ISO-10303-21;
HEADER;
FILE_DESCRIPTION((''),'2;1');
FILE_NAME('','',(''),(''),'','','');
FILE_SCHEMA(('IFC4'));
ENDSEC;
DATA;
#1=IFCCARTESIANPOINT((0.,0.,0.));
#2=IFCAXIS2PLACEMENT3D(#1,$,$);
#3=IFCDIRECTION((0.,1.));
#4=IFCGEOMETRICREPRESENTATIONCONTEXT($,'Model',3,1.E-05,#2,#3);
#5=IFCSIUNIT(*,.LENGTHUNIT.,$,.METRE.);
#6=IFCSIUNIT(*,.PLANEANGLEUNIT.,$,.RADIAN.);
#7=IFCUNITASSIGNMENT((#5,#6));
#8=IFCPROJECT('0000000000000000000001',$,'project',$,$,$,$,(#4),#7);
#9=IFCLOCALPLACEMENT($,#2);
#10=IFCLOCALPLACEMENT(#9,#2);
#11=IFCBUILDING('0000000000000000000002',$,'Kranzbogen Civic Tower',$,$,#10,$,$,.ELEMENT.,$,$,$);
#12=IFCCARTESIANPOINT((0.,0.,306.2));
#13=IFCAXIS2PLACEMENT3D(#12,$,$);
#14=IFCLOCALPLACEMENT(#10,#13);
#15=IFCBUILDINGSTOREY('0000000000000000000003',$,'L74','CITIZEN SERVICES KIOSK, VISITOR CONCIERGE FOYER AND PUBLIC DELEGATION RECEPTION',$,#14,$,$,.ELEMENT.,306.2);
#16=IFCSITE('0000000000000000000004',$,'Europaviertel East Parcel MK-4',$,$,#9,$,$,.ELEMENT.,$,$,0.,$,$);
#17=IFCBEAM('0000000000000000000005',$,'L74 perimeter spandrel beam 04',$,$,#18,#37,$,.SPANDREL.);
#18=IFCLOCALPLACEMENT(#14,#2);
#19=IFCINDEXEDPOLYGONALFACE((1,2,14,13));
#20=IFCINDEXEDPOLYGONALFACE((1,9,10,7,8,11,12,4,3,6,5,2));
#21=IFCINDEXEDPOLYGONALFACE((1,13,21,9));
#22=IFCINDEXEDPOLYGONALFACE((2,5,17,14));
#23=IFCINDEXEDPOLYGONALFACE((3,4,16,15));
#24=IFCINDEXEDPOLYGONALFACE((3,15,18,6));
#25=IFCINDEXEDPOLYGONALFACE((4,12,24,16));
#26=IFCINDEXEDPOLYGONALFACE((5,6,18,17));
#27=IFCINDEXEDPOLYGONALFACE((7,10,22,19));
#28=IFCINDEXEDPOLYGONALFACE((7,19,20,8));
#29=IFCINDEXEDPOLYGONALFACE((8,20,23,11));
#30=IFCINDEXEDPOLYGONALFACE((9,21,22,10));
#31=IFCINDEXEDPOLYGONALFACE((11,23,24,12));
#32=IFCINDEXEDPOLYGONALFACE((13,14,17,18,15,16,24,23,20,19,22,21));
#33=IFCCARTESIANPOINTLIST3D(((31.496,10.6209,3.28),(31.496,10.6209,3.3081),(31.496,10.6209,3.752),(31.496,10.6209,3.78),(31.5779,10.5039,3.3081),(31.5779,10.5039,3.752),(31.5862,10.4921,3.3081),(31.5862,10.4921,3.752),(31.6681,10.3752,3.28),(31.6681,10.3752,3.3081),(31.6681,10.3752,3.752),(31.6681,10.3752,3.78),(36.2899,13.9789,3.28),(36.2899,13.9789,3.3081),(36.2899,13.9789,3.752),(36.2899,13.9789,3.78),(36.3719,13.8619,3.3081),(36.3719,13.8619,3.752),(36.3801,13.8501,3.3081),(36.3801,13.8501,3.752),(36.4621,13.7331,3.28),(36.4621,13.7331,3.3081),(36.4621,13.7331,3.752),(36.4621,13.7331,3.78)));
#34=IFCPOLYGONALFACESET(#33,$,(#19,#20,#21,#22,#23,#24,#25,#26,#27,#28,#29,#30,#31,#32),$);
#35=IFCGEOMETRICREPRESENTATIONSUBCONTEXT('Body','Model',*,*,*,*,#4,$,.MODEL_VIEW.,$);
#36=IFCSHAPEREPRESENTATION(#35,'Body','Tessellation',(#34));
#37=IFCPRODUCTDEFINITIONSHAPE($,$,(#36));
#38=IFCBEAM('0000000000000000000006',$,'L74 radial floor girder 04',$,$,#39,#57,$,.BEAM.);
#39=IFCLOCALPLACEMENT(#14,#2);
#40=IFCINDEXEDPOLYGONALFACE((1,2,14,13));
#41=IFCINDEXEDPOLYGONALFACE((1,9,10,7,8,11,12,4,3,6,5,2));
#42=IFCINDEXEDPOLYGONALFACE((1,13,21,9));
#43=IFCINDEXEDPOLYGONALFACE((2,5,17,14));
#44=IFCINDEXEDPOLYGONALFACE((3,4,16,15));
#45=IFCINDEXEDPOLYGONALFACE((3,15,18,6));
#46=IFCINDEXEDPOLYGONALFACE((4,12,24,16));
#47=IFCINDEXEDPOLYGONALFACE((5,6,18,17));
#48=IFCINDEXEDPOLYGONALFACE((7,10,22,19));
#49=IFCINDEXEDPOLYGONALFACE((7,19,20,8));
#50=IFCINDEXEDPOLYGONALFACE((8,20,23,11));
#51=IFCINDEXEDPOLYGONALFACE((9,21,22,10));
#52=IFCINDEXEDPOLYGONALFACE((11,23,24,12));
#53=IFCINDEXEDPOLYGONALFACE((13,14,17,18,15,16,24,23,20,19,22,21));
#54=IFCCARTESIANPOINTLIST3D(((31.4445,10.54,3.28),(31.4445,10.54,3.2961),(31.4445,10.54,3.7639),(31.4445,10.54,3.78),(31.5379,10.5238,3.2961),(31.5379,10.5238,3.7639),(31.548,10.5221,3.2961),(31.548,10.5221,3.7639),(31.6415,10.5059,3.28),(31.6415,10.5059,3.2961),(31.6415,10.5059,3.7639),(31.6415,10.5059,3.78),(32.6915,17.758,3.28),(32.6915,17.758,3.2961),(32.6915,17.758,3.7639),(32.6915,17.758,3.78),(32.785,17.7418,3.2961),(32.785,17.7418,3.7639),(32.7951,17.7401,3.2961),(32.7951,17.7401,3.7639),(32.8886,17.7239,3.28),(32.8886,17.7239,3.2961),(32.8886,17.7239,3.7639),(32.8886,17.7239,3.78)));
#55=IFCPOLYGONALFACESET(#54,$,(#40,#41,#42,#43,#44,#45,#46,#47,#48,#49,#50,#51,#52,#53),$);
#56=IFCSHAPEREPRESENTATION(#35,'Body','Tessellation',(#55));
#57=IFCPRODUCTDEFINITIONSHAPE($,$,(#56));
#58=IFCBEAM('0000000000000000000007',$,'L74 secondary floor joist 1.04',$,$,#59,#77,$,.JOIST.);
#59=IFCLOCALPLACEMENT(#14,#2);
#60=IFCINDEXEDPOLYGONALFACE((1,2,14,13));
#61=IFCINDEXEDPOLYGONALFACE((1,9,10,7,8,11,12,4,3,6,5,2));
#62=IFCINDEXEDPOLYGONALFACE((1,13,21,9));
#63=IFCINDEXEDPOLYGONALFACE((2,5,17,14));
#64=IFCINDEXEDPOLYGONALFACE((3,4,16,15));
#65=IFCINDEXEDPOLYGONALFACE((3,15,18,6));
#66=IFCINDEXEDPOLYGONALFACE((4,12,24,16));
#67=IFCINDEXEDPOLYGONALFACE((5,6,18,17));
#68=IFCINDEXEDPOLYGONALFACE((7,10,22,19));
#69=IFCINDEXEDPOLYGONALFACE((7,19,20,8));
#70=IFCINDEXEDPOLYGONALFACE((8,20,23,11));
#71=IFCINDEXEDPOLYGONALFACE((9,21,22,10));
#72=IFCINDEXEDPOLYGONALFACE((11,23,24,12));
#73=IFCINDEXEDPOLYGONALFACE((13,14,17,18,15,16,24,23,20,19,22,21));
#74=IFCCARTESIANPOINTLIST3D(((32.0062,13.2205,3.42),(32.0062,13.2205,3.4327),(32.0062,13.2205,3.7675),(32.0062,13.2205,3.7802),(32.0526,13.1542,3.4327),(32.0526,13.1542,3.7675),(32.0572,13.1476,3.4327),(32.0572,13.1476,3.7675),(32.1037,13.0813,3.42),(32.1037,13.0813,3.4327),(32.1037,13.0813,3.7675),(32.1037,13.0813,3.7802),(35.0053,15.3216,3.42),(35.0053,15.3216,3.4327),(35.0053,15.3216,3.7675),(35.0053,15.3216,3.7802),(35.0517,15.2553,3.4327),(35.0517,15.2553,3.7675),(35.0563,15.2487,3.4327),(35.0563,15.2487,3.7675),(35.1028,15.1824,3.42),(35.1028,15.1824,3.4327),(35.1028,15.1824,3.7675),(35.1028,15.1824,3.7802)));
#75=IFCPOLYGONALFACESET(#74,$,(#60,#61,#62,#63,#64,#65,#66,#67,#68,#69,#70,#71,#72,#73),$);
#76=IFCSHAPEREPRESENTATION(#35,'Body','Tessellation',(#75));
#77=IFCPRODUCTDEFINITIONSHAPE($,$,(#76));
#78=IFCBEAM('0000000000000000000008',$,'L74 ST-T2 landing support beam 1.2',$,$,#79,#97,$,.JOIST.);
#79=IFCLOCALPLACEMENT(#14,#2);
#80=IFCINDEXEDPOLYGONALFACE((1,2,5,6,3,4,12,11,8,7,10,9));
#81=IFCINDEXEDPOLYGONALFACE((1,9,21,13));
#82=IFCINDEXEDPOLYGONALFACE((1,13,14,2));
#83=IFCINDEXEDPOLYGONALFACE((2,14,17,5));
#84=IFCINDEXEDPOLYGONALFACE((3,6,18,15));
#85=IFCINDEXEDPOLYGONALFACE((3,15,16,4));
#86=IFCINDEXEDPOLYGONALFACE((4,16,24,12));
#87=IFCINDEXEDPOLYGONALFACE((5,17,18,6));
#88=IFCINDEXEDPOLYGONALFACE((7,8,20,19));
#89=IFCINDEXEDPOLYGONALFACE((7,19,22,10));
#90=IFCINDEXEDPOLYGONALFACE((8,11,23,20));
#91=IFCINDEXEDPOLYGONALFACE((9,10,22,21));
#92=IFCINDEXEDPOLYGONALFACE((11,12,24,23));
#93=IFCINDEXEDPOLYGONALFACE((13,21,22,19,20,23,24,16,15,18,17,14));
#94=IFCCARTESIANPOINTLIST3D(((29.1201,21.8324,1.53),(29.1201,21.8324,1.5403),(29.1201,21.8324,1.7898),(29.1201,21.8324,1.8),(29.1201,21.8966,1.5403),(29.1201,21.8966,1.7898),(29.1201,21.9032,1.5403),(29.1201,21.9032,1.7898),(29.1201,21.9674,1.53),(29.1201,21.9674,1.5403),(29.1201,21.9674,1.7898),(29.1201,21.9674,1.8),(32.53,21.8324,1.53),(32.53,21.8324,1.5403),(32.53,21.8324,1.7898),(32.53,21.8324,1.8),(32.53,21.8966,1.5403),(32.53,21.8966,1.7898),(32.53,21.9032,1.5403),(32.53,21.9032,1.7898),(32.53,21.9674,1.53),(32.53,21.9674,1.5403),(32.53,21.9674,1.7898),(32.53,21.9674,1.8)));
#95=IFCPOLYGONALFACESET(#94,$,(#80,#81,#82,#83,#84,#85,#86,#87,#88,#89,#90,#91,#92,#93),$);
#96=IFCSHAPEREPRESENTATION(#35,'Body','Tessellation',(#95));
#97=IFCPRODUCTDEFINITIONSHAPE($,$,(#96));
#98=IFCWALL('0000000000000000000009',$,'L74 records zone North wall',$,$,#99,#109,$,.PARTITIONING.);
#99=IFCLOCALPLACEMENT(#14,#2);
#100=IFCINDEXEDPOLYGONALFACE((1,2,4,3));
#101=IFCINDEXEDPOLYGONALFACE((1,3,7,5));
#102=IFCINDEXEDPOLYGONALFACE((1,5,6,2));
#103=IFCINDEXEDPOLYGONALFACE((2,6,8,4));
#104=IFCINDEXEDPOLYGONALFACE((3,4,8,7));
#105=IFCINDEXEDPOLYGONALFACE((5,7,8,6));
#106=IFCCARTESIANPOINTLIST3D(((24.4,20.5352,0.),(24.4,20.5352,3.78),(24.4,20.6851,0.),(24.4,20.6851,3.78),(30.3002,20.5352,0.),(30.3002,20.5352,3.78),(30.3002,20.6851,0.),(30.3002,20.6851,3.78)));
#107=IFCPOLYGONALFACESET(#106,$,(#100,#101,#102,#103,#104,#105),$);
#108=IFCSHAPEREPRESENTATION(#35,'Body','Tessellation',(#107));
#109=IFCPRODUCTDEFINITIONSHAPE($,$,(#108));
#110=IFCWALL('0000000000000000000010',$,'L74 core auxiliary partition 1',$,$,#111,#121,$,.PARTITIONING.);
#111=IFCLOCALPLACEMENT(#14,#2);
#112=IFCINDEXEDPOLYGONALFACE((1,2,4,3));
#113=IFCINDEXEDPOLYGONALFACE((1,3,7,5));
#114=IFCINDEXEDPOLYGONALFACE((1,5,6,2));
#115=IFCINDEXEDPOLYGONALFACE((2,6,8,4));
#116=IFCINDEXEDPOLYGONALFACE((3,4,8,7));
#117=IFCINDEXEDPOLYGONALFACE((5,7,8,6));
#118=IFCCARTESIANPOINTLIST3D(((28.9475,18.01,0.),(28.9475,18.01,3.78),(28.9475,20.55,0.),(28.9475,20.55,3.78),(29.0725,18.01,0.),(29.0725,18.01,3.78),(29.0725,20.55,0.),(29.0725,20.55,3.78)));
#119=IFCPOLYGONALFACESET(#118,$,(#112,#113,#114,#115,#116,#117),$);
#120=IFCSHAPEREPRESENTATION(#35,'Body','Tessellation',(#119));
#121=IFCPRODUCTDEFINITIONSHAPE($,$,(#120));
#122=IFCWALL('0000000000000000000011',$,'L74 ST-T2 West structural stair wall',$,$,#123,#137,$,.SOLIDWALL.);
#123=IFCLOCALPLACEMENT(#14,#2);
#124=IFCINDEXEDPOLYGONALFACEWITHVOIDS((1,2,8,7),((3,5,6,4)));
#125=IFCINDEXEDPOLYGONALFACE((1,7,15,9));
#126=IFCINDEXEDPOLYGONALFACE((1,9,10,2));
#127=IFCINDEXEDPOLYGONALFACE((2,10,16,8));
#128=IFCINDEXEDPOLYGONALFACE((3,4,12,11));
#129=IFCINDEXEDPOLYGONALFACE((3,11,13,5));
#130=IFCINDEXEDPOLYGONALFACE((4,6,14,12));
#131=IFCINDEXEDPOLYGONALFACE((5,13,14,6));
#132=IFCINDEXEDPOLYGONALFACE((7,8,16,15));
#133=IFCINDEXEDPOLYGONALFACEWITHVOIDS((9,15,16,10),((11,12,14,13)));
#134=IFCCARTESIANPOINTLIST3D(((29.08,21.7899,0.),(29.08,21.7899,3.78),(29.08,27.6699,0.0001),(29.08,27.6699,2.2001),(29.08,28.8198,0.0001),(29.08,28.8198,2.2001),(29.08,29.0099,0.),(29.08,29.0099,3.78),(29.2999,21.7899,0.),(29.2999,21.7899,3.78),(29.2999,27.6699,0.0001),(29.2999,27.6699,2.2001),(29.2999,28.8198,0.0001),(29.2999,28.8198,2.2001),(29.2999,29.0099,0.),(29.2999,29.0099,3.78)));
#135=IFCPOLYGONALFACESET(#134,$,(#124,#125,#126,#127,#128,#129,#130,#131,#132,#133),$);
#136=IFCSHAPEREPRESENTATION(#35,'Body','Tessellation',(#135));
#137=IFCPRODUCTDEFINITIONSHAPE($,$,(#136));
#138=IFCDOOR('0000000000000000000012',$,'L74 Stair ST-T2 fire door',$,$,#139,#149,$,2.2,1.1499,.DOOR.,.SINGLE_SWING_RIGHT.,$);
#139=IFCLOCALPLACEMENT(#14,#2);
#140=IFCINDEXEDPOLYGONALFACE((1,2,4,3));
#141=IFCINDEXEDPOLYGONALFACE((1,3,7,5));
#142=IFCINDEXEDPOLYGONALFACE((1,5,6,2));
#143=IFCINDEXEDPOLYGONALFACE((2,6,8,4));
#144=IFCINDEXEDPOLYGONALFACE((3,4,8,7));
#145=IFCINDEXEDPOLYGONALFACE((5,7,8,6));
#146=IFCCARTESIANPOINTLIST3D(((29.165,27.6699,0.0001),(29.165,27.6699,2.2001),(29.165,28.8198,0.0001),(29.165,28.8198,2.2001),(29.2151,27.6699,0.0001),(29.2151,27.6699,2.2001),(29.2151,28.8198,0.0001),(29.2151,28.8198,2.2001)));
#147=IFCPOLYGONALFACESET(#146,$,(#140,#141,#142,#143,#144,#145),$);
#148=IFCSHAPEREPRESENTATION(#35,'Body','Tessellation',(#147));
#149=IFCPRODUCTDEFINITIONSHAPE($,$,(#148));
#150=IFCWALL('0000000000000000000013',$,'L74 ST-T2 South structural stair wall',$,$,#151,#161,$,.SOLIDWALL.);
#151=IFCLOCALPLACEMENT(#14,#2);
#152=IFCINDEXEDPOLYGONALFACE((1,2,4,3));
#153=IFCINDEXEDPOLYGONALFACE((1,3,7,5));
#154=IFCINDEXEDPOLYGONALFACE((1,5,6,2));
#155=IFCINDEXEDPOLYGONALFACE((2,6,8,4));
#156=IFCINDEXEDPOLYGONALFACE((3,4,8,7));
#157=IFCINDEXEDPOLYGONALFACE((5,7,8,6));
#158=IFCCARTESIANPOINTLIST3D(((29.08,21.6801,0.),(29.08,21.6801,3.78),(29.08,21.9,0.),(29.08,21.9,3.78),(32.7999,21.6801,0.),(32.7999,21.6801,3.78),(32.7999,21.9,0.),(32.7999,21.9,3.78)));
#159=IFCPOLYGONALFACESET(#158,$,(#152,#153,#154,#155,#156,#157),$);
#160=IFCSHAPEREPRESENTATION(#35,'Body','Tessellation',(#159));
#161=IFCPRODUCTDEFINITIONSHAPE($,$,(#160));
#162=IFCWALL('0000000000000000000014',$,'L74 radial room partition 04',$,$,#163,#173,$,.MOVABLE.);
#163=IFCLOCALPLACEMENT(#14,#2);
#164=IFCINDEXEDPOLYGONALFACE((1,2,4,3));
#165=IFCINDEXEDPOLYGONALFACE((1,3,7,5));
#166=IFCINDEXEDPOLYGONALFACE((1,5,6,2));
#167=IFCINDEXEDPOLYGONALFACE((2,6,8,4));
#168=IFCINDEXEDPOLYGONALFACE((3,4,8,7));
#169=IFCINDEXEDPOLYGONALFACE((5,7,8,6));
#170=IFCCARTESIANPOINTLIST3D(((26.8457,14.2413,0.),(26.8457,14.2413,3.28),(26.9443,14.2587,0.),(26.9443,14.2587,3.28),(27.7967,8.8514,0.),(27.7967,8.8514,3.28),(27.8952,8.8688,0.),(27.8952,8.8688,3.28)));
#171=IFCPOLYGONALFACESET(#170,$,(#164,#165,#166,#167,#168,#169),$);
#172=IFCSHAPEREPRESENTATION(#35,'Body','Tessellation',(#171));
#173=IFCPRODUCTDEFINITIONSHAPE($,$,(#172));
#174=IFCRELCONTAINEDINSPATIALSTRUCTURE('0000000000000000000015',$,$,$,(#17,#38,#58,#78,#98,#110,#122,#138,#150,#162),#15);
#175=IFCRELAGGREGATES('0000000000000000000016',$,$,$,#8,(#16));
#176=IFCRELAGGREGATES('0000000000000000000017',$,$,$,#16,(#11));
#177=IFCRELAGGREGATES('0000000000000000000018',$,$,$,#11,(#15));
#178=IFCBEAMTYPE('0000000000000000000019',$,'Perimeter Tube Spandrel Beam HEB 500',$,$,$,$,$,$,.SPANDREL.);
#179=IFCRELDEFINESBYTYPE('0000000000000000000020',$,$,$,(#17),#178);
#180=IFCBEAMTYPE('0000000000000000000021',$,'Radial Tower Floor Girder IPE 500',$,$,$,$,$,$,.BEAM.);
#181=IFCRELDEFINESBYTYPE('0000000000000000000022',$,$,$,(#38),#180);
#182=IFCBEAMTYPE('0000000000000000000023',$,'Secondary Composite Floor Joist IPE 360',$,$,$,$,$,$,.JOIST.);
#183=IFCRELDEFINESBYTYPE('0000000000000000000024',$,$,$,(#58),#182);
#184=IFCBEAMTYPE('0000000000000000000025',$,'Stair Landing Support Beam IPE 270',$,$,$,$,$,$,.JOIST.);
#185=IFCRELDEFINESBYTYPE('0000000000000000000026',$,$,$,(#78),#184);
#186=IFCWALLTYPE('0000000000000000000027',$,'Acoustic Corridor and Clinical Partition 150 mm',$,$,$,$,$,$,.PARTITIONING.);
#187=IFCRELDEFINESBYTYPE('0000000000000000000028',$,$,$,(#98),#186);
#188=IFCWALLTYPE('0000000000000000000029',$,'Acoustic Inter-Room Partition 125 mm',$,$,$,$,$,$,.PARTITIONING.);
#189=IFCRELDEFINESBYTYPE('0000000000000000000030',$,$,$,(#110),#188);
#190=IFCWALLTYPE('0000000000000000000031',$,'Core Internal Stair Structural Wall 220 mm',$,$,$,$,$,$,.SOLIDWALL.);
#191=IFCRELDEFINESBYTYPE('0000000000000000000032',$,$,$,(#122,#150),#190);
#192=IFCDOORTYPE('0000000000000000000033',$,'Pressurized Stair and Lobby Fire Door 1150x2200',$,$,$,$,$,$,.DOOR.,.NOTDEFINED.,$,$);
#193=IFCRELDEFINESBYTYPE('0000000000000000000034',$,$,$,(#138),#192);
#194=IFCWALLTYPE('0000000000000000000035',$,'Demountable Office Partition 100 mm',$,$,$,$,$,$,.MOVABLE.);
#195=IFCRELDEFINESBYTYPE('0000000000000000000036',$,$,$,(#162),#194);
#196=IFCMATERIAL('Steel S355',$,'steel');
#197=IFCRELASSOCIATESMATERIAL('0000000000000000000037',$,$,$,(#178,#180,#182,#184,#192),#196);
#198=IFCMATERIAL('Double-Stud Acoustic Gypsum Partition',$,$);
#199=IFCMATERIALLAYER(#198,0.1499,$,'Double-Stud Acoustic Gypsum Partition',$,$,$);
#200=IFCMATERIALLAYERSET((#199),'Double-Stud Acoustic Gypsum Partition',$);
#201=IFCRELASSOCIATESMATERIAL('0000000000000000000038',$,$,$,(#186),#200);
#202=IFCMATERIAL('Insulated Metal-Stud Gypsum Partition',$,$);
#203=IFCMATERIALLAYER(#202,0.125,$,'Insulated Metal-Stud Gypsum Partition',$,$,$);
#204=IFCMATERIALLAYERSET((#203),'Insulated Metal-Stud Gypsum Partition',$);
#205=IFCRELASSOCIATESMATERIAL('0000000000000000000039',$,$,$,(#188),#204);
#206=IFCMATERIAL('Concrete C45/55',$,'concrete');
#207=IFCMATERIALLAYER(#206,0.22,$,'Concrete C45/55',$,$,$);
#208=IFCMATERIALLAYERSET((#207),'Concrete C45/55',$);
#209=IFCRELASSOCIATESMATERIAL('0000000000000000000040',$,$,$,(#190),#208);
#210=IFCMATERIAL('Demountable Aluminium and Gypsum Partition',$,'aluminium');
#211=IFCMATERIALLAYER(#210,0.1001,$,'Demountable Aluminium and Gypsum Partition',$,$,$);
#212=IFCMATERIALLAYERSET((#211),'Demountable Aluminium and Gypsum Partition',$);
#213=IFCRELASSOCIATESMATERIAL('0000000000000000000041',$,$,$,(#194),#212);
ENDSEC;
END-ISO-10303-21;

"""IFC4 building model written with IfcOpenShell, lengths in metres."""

from ifc_helpers import new_model, si_unit, direction, frame, frame_2d, origin, origin_2d, place, context, subcontext, project, spatial, rectangle, i_section, extrude, material, layer, layer_set, material_profile, profile_set, type_object, element, fill, save


model = new_model("IFC4")

# Units and contexts
model_context = context("Model", 3, precision=1e-05, world=origin(), true_north=direction((0.0, 1.0)))
body_context = subcontext(model_context, "Body", "Model", "MODEL_VIEW")
ifc_project = project(units=[si_unit("LENGTHUNIT", "METRE"), si_unit("PLANEANGLEUNIT", "RADIAN")], contexts=[model_context])

# Site, building, storey
site_placement = place(None, origin())
site = spatial("IfcSite", under=ifc_project, at=site_placement, Name="Europaviertel East Parcel MK-4", CompositionType="ELEMENT", RefElevation=0.0)
building_placement = place(site_placement, origin())
building = spatial("IfcBuilding", under=site, at=building_placement, Name="Kranzbogen Civic Tower", CompositionType="ELEMENT")
storey_placement = place(building_placement, frame((0.0, 0.0, 306.2)))
storey = spatial("IfcBuildingStorey", under=building, at=storey_placement, Name="L74", Description="CITIZEN SERVICES KIOSK, VISITOR CONCIERGE FOYER AND PUBLIC DELEGATION RECEPTION", CompositionType="ELEMENT", Elevation=306.2)

# Beams
ifc_material_1 = material(Name="Steel S355", Category="steel")
ifc_material_profile_1 = material_profile(ifc_material_1, i_section(OverallWidth=0.3, OverallDepth=0.5, WebThickness=0.0144, FlangeThickness=0.0281, at=origin_2d()), Name="HEB 500")
ifc_profile_set_1 = profile_set([ifc_material_profile_1], Name="Steel S355")
beam_type_1 = type_object("IfcBeamType", Name="Perimeter Tube Spandrel Beam HEB 500", PredefinedType="SPANDREL", material=ifc_profile_set_1)
beam_1_placement = place(storey_placement, frame((31.582, 10.498, 3.53), z_axis=(0.819059, 0.573709, 0.0), x_axis=(-0.573709, 0.819059, 0.0)))
element("IfcBeam", 1, at=beam_1_placement, inside=storey, type_object=beam_type_1, Name="L74 perimeter spandrel beam 04", PredefinedType="SPANDREL", context=body_context, shape_type="SweptSolid", body=[
    extrude(i_section(OverallWidth=0.3, OverallDepth=0.5, WebThickness=0.0144, FlangeThickness=0.0281, at=origin_2d()), origin(), (0.0, 0.0, 1.0), 5.853),
])
ifc_material_profile_2 = material_profile(ifc_material_1, i_section(OverallWidth=0.2, OverallDepth=0.5, WebThickness=0.0103, FlangeThickness=0.0161, at=origin_2d()), Name="IPE 500")
ifc_profile_set_2 = profile_set([ifc_material_profile_2], Name="Steel S355")
beam_type_2 = type_object("IfcBeamType", Name="Radial Tower Floor Girder IPE 500", PredefinedType="BEAM", material=ifc_profile_set_2)
beam_2_placement = place(storey_placement, frame((31.543, 10.5229, 3.53), z_axis=(0.17025, 0.985401, 0.0), x_axis=(-0.985401, 0.17025, 0.0)))
element("IfcBeam", 2, at=beam_2_placement, inside=storey, type_object=beam_type_2, Name="L74 radial floor girder 04", PredefinedType="BEAM", context=body_context, shape_type="SweptSolid", body=[
    extrude(i_section(OverallWidth=0.2, OverallDepth=0.5, WebThickness=0.0103, FlangeThickness=0.0161, at=origin_2d()), origin(), (0.0, 0.0, 1.0), 7.325),
])
ifc_material_profile_3 = material_profile(ifc_material_1, i_section(OverallWidth=0.1699, OverallDepth=0.3601, WebThickness=0.0081, FlangeThickness=0.0127, at=origin_2d()), Name="IPE 360")
ifc_profile_set_3 = profile_set([ifc_material_profile_3], Name="Steel S355")
beam_type_3 = type_object("IfcBeamType", Name="Secondary Composite Floor Joist IPE 360", PredefinedType="JOIST", material=ifc_profile_set_3)
beam_3_placement = place(storey_placement, frame((32.0549, 13.1509, 3.6001), z_axis=(0.819006, 0.573784, 0.0), x_axis=(-0.573784, 0.819006, 0.0)))
element("IfcBeam", 3, at=beam_3_placement, inside=storey, type_object=beam_type_3, Name="L74 secondary floor joist 1.04", PredefinedType="JOIST", context=body_context, shape_type="SweptSolid", body=[
    extrude(i_section(OverallWidth=0.1699, OverallDepth=0.3601, WebThickness=0.0081, FlangeThickness=0.0127, at=origin_2d()), origin(), (0.0, 0.0, 1.0), 3.6619),
])
ifc_material_profile_4 = material_profile(ifc_material_1, i_section(OverallWidth=0.135, OverallDepth=0.27, WebThickness=0.0066, FlangeThickness=0.0103, at=origin_2d()), Name="IPE 270")
ifc_profile_set_4 = profile_set([ifc_material_profile_4], Name="Steel S355")
beam_type_4 = type_object("IfcBeamType", Name="Stair Landing Support Beam IPE 270", PredefinedType="JOIST", material=ifc_profile_set_4)
beam_4_placement = place(storey_placement, frame((29.1201, 21.8999, 1.665), z_axis=(1.0, 0.0, 0.0), x_axis=(0.0, 1.0, 0.0)))
element("IfcBeam", 4, at=beam_4_placement, inside=storey, type_object=beam_type_4, Name="L74 ST-T2 landing support beam 1.2", PredefinedType="JOIST", context=body_context, shape_type="SweptSolid", body=[
    extrude(i_section(OverallWidth=0.135, OverallDepth=0.27, WebThickness=0.0066, FlangeThickness=0.0103, at=origin_2d()), origin(), (0.0, 0.0, 1.0), 3.4099),
])

# Walls
ifc_material_2 = material(Name="Double-Stud Acoustic Gypsum Partition")
ifc_layer_1 = layer(ifc_material_2, 0.1499, Name="Double-Stud Acoustic Gypsum Partition")
ifc_layer_set_1 = layer_set([ifc_layer_1], Name="Double-Stud Acoustic Gypsum Partition")
wall_type_1 = type_object("IfcWallType", Name="Acoustic Corridor and Clinical Partition 150 mm", PredefinedType="PARTITIONING", material=ifc_layer_set_1)
wall_1_placement = place(storey_placement, frame((24.3999, 20.6101, 0.0), z_axis=(0.0, 0.0, 1.0), x_axis=(1.0, 0.0, 0.0)))
element("IfcWall", 5, at=wall_1_placement, inside=storey, type_object=wall_type_1, Name="L74 records zone North wall", PredefinedType="PARTITIONING", context=body_context, shape_type="SweptSolid", body=[
    extrude(rectangle(XDim=5.9001, YDim=0.1499, at=frame_2d((2.9502, 0.0))), origin(), (0.0, 0.0, 1.0), 3.78),
])
ifc_material_3 = material(Name="Insulated Metal-Stud Gypsum Partition")
ifc_layer_2 = layer(ifc_material_3, 0.125, Name="Insulated Metal-Stud Gypsum Partition")
ifc_layer_set_2 = layer_set([ifc_layer_2], Name="Insulated Metal-Stud Gypsum Partition")
wall_type_2 = type_object("IfcWallType", Name="Acoustic Inter-Room Partition 125 mm", PredefinedType="PARTITIONING", material=ifc_layer_set_2)
wall_2_placement = place(storey_placement, frame((29.01, 18.01, 0.0), z_axis=(0.0, 0.0, 1.0), x_axis=(0.0, 1.0, 0.0)))
element("IfcWall", 6, at=wall_2_placement, inside=storey, type_object=wall_type_2, Name="L74 core auxiliary partition 1", PredefinedType="PARTITIONING", context=body_context, shape_type="SweptSolid", body=[
    extrude(rectangle(XDim=2.54, YDim=0.125, at=frame_2d((1.27, 0.0))), origin(), (0.0, 0.0, 1.0), 3.78),
])

# Wall, opening, door
ifc_material_4 = material(Name="Concrete C45/55", Category="concrete")
ifc_layer_3 = layer(ifc_material_4, 0.22, Name="Concrete C45/55")
ifc_layer_set_3 = layer_set([ifc_layer_3], Name="Concrete C45/55")
wall_type_3 = type_object("IfcWallType", Name="Core Internal Stair Structural Wall 220 mm", PredefinedType="SOLIDWALL", material=ifc_layer_set_3)
wall_3_placement = place(storey_placement, frame((29.1899, 21.79, 0.0), z_axis=(0.0, 0.0, 1.0), x_axis=(0.0, 1.0, 0.0)))
wall_3 = element("IfcWall", 7, at=wall_3_placement, inside=storey, type_object=wall_type_3, Name="L74 ST-T2 West structural stair wall", PredefinedType="SOLIDWALL", context=body_context, shape_type="SweptSolid", body=[
    extrude(rectangle(XDim=7.22, YDim=0.22, at=frame_2d((3.6099, 0.0))), origin(), (0.0, 0.0, 1.0), 3.78),
])
opening_1_placement = place(wall_3_placement, frame((5.8799, 0.0, 0.0)))
opening_1 = element("IfcOpeningElement", 8, at=opening_1_placement, cuts=wall_3, PredefinedType="OPENING", context=body_context, shape_type="SweptSolid", body=[
    extrude(rectangle(XDim=1.1499, YDim=2.2, at=frame_2d((0.575, 1.1001))), frame((0.0, 0.1201, 0.0), z_axis=(0.0, -1.0, 0.0), x_axis=(1.0, 0.0, 0.0)), (0.0, 0.0, 1.0), 0.24),
])
door_type_1 = type_object("IfcDoorType", Name="Pressurized Stair and Lobby Fire Door 1150x2200", OperationType="NOTDEFINED", PredefinedType="DOOR", material=ifc_material_1)
door_1_placement = place(opening_1_placement, origin())
door_1 = element("IfcDoor", 9, at=door_1_placement, inside=storey, type_object=door_type_1, Name="L74 Stair ST-T2 fire door", OperationType="SINGLE_SWING_RIGHT", OverallHeight=2.2, OverallWidth=1.1499, PredefinedType="DOOR", context=body_context, shape_type="SweptSolid", body=[
    extrude(rectangle(XDim=1.1499, YDim=2.2, at=frame_2d((0.575, 1.1001))), frame((0.0, 0.0249, 0.0), z_axis=(0.0, -1.0, 0.0), x_axis=(1.0, 0.0, 0.0)), (0.0, 0.0, 1.0), 0.05),
])
fill(opening_1, door_1)

# Walls
wall_4_placement = place(storey_placement, frame((29.0801, 21.79, 0.0), z_axis=(0.0, 0.0, 1.0), x_axis=(1.0, 0.0, 0.0)))
element("IfcWall", 10, at=wall_4_placement, inside=storey, type_object=wall_type_3, Name="L74 ST-T2 South structural stair wall", PredefinedType="SOLIDWALL", context=body_context, shape_type="SweptSolid", body=[
    extrude(rectangle(XDim=3.72, YDim=0.22, at=frame_2d((1.8599, 0.0))), origin(), (0.0, 0.0, 1.0), 3.78),
])
ifc_material_5 = material(Name="Demountable Aluminium and Gypsum Partition", Category="aluminium")
ifc_layer_4 = layer(ifc_material_5, 0.1001, Name="Demountable Aluminium and Gypsum Partition")
ifc_layer_set_4 = layer_set([ifc_layer_4], Name="Demountable Aluminium and Gypsum Partition")
wall_type_4 = type_object("IfcWallType", Name="Demountable Office Partition 100 mm", PredefinedType="MOVABLE", material=ifc_layer_set_4)
wall_5_placement = place(storey_placement, frame((26.895, 14.25, 0.0), z_axis=(0.0, 0.0, 1.0), x_axis=(0.173745, -0.984791, 0.0)))
element("IfcWall", 11, at=wall_5_placement, inside=storey, type_object=wall_type_4, Name="L74 radial room partition 04", PredefinedType="MOVABLE", context=body_context, shape_type="SweptSolid", body=[
    extrude(rectangle(XDim=5.4731, YDim=0.1001, at=frame_2d((2.7366, 0.0))), origin(), (0.0, 0.0, 1.0), 3.28),
])

save(model, "model.ifc")
